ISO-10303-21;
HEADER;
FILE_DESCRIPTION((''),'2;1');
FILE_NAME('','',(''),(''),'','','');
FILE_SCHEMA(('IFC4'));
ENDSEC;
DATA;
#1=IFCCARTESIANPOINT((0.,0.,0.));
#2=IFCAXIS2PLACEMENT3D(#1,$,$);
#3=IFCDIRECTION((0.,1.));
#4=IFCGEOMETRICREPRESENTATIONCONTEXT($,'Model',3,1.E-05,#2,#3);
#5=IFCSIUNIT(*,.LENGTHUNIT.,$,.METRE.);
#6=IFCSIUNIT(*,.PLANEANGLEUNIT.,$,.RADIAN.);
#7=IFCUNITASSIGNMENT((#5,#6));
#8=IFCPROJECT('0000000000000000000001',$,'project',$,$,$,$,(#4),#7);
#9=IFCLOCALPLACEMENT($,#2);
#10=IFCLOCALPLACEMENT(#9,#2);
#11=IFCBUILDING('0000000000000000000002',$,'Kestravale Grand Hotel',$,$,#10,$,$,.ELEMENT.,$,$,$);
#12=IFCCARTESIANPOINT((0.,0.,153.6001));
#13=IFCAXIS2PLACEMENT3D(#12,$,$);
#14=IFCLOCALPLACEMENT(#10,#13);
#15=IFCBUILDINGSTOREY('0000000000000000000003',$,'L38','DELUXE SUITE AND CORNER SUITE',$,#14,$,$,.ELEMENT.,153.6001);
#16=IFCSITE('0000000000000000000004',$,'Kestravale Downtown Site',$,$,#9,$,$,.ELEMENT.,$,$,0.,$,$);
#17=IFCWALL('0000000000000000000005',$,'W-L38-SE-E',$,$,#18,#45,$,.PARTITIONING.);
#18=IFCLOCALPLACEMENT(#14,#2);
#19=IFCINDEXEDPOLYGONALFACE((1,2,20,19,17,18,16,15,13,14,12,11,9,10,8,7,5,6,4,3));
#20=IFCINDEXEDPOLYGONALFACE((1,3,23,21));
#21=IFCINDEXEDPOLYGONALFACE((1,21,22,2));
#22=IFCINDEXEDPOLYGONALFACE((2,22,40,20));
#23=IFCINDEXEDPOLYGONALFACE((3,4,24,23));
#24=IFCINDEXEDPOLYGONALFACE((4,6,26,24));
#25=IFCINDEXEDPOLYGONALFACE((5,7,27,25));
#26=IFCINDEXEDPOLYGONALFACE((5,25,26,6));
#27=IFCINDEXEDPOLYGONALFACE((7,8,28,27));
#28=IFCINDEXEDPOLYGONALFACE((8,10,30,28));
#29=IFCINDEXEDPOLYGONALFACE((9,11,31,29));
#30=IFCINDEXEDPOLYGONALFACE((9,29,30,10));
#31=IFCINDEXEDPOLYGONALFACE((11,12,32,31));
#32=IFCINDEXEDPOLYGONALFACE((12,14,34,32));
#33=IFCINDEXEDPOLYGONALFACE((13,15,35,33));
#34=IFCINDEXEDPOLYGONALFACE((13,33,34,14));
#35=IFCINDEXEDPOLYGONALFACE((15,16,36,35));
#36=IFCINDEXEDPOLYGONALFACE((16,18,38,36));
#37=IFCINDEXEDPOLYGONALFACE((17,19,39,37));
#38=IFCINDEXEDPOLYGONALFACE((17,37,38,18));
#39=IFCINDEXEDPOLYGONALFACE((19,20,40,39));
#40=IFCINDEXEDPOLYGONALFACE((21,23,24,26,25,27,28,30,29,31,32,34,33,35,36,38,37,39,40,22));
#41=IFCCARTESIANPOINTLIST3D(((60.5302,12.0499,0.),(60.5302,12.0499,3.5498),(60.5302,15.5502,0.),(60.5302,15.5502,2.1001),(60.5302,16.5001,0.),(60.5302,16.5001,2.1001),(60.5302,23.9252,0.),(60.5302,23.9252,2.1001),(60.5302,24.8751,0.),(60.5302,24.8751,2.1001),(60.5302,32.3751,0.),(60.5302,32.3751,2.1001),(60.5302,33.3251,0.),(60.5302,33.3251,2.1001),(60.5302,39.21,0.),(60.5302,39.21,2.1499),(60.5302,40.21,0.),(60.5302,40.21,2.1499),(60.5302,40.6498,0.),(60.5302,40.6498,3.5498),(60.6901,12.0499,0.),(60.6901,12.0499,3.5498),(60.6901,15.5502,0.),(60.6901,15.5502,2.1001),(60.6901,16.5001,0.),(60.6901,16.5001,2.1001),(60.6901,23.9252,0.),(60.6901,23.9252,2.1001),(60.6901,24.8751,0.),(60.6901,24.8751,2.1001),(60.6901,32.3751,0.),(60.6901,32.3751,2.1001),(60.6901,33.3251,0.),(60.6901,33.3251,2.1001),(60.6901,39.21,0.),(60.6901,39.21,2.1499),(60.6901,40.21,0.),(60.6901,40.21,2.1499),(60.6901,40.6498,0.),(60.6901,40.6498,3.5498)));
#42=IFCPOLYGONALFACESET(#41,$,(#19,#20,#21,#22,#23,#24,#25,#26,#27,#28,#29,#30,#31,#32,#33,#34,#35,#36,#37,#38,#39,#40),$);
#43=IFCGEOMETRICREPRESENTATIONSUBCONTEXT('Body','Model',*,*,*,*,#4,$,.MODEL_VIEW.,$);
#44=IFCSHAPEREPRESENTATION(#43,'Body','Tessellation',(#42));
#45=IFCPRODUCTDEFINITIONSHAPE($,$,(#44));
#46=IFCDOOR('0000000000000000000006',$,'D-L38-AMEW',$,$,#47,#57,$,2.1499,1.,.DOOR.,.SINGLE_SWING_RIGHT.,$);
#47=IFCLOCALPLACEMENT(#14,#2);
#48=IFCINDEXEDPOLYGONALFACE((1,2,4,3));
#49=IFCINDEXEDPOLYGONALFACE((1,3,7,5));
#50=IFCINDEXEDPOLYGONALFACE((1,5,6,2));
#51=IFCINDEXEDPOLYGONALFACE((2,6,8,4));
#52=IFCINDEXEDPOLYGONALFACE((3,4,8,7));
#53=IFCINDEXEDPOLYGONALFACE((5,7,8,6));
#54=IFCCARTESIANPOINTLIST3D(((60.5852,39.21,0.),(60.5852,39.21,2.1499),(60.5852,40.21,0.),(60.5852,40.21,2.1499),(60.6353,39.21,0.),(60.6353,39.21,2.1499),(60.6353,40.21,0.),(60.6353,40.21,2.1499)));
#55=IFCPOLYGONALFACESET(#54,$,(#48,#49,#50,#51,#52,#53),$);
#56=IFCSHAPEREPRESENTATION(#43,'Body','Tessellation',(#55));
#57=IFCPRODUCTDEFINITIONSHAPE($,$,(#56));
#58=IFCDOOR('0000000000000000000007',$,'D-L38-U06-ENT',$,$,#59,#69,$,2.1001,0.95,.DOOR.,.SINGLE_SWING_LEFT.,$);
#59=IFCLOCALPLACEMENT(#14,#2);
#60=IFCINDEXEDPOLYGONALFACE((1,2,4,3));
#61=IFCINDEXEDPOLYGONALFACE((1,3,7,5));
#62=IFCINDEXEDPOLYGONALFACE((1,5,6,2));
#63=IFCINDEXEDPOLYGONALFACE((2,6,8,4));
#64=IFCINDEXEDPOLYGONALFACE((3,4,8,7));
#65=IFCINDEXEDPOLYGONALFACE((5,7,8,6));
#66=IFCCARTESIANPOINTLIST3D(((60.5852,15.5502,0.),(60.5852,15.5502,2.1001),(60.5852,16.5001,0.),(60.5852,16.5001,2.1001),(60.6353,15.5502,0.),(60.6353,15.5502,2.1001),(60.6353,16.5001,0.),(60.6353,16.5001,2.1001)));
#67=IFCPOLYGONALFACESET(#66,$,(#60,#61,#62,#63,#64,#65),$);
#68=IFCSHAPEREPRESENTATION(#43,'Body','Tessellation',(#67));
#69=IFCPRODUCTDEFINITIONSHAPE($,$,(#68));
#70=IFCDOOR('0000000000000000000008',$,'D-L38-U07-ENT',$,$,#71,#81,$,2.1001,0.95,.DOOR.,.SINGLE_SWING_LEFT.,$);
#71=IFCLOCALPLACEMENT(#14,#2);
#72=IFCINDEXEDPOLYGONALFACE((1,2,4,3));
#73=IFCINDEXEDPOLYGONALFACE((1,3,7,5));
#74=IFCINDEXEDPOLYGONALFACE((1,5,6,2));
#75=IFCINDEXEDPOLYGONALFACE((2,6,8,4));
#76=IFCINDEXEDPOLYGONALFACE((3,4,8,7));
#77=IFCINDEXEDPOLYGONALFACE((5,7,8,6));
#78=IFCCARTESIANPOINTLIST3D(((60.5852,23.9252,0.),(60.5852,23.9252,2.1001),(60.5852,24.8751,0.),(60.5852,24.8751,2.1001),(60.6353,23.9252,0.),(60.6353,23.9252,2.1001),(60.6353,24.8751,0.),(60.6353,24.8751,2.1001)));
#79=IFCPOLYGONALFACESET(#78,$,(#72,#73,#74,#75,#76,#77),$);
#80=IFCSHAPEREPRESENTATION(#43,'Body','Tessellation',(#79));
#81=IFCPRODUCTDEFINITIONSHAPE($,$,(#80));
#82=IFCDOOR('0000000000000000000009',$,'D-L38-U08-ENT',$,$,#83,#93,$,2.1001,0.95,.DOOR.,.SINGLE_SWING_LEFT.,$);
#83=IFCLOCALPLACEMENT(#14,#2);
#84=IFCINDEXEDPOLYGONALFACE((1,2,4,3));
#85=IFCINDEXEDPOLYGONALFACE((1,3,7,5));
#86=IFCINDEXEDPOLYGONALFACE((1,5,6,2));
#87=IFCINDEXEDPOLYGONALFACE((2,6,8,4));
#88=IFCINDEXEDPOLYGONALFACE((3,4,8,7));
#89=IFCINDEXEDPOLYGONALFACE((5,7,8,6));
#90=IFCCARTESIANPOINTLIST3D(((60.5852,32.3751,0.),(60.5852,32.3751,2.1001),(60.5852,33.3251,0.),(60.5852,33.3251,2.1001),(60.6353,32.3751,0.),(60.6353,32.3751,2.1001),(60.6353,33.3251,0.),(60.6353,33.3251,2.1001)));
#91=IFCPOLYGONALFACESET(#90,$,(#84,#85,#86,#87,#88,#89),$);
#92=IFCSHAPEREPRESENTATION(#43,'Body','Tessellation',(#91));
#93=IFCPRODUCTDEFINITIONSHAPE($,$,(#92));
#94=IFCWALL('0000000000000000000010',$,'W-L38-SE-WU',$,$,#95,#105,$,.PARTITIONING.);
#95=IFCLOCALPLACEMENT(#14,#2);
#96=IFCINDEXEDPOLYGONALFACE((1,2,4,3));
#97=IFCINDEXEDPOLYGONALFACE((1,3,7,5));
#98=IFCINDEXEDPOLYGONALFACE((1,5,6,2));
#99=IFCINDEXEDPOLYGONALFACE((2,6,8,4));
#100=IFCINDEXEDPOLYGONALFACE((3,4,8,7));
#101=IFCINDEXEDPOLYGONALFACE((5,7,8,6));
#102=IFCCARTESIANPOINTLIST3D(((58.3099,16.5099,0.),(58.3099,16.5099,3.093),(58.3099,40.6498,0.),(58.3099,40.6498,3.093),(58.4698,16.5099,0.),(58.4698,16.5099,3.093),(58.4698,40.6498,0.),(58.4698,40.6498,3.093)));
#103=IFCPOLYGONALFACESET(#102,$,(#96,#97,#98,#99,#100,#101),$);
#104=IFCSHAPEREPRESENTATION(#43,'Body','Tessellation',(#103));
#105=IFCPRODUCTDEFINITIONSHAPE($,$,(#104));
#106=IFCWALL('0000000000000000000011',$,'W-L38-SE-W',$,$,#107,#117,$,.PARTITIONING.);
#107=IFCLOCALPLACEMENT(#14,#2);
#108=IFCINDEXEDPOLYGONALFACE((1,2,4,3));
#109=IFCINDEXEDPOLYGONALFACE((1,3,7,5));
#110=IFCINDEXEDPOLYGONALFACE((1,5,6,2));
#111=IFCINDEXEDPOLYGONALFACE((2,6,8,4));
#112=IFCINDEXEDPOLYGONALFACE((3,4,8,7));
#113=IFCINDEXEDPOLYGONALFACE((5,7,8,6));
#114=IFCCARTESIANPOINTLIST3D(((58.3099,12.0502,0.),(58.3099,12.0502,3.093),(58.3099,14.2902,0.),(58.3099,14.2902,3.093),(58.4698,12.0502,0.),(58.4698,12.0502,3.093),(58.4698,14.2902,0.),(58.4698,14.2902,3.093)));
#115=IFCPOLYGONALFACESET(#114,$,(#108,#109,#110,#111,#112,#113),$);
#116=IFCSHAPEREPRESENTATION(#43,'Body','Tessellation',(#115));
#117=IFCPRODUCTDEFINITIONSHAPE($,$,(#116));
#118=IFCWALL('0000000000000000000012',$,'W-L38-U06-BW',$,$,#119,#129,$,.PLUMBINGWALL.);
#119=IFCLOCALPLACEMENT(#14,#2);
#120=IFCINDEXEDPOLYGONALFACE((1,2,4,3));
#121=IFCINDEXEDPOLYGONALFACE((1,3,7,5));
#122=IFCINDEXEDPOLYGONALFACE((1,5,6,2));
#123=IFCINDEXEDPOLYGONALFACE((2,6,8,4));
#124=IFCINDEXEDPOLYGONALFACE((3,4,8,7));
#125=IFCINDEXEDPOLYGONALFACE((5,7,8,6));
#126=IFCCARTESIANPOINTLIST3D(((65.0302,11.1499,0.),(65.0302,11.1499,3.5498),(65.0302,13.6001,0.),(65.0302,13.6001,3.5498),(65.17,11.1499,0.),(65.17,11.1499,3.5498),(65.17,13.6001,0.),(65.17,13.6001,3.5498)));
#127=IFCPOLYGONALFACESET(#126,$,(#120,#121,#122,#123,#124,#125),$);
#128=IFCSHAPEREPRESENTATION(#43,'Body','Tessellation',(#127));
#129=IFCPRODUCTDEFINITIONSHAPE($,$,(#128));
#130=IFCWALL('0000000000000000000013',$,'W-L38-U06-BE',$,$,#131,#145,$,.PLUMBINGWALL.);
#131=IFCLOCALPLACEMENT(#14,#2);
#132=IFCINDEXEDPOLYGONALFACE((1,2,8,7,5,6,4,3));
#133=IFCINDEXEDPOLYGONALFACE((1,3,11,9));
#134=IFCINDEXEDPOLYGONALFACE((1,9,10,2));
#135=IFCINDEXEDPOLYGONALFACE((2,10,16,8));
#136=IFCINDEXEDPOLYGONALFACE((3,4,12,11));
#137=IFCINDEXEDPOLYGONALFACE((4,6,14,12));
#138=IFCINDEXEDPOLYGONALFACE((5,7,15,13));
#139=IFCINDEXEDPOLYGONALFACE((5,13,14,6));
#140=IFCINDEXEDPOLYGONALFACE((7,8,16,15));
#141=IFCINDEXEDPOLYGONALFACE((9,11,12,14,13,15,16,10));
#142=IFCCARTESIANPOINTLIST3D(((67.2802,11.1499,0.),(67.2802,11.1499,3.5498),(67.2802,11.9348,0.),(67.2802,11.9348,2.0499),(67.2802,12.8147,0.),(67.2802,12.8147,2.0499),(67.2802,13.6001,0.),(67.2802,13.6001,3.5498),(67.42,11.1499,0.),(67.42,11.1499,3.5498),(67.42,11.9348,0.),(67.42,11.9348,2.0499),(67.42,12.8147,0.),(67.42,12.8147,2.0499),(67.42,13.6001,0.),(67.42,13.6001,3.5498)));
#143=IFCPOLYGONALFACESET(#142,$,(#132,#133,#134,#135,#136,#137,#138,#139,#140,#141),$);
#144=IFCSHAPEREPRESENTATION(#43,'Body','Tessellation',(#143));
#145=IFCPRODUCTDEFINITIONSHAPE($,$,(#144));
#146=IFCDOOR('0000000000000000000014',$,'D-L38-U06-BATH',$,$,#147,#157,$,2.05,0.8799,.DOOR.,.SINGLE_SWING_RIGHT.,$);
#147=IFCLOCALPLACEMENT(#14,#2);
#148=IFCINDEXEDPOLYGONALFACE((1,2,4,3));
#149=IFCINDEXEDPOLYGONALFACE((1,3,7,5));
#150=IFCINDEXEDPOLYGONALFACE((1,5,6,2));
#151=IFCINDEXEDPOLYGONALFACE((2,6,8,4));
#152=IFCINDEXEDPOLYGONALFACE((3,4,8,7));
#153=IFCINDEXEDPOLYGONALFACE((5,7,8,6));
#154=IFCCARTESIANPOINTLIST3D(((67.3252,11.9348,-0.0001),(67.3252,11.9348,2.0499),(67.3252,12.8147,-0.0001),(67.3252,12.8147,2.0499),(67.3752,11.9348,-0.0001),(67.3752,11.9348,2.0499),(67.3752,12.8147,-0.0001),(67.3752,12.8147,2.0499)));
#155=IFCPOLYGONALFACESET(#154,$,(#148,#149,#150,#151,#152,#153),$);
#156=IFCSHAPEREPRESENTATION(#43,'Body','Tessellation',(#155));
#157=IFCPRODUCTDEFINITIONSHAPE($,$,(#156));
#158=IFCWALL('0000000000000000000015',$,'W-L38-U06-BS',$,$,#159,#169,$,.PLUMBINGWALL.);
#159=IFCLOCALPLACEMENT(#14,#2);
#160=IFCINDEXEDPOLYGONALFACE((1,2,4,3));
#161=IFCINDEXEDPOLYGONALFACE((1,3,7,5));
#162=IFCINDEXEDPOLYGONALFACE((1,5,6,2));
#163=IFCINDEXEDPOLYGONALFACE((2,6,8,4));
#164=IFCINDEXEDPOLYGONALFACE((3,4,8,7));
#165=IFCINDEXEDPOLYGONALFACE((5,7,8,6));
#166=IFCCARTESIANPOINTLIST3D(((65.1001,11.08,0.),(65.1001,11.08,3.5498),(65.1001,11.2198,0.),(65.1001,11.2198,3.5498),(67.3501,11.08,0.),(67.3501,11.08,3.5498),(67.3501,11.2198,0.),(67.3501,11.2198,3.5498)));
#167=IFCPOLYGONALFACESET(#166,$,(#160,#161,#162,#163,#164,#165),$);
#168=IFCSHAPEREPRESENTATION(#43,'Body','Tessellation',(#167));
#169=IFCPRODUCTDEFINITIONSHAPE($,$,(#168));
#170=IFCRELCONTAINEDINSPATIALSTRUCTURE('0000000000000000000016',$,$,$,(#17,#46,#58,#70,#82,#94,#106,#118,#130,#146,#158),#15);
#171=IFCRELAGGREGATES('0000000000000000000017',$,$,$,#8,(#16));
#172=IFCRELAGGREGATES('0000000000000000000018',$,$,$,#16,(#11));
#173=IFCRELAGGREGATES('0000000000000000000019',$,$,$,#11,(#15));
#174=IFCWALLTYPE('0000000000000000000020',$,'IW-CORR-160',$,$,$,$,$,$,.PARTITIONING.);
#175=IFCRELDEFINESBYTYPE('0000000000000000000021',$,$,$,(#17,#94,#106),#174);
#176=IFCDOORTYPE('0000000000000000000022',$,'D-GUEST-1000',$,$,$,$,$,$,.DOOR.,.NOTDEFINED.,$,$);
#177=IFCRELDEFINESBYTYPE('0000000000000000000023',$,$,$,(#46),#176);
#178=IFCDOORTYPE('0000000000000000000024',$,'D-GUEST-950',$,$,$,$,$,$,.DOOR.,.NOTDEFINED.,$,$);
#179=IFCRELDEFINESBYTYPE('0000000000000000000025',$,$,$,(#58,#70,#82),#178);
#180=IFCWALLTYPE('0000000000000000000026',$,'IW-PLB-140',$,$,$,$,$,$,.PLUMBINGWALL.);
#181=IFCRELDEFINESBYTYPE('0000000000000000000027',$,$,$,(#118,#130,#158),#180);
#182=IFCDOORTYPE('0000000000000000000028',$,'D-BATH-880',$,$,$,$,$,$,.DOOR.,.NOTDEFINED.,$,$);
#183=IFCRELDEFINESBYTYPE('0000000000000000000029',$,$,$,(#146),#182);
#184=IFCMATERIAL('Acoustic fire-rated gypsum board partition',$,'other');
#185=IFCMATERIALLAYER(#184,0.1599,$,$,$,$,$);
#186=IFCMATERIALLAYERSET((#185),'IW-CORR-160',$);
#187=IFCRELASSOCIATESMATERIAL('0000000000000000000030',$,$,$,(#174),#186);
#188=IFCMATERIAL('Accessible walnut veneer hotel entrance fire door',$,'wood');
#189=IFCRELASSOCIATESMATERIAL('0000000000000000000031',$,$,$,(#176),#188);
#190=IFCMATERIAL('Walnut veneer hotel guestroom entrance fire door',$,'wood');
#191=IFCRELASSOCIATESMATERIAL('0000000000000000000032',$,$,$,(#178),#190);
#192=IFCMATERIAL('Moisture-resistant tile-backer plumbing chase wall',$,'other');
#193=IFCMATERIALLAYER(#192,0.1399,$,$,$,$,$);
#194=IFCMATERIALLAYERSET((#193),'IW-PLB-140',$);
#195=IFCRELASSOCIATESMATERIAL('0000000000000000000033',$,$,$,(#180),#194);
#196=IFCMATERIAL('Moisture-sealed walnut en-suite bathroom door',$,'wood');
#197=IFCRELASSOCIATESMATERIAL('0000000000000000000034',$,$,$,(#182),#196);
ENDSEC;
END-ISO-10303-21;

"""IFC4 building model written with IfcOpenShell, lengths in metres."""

from ifc_helpers import new_model, si_unit, direction, frame, frame_2d, origin, place, context, subcontext, project, spatial, rectangle, extrude, material, layer, layer_set, type_object, element, fill, save


model = new_model("IFC4")

# Units and contexts
model_context = context("Model", 3, precision=1e-05, world=origin(), true_north=direction((0.0, 1.0)))
body_context = subcontext(model_context, "Body", "Model", "MODEL_VIEW")
ifc_project = project(units=[si_unit("LENGTHUNIT", "METRE"), si_unit("PLANEANGLEUNIT", "RADIAN")], contexts=[model_context])

# Site, building, storey
site_placement = place(None, origin())
site = spatial("IfcSite", under=ifc_project, at=site_placement, Name="Kestravale Downtown Site", CompositionType="ELEMENT", RefElevation=0.0)
building_placement = place(site_placement, origin())
building = spatial("IfcBuilding", under=site, at=building_placement, Name="Kestravale Grand Hotel", CompositionType="ELEMENT")
storey_placement = place(building_placement, frame((0.0, 0.0, 153.6001)))
storey = spatial("IfcBuildingStorey", under=building, at=storey_placement, Name="L38", Description="DELUXE SUITE AND CORNER SUITE", CompositionType="ELEMENT", Elevation=153.6001)

# Wall, openings, doors
ifc_material_1 = material(Name="Acoustic fire-rated gypsum board partition", Category="other")
ifc_layer_1 = layer(ifc_material_1, 0.1599)
ifc_layer_set_1 = layer_set([ifc_layer_1], Name="IW-CORR-160")
wall_type_1 = type_object("IfcWallType", Name="IW-CORR-160", PredefinedType="PARTITIONING", material=ifc_layer_set_1)
wall_1_placement = place(storey_placement, frame((60.6101, 12.05, 0.0), z_axis=(0.0, 0.0, 1.0), x_axis=(0.0, 1.0, 0.0)))
wall_1 = element("IfcWall", 1, at=wall_1_placement, inside=storey, type_object=wall_type_1, Name="W-L38-SE-E", PredefinedType="PARTITIONING", context=body_context, shape_type="SweptSolid", body=[
    extrude(rectangle(XDim=28.5999, YDim=0.1599, at=frame_2d((14.2998, 0.0))), origin(), (0.0, 0.0, 1.0), 3.5498),
])
opening_1_placement = place(wall_1_placement, frame((3.5, 0.0, 0.0)))
opening_1 = element("IfcOpeningElement", 2, at=opening_1_placement, cuts=wall_1, PredefinedType="OPENING", context=body_context, shape_type="SweptSolid", body=[
    extrude(rectangle(XDim=0.95, YDim=2.1001, at=frame_2d((0.4751, 1.05))), frame((0.0, 0.0898, 0.0), z_axis=(0.0, -1.0, 0.0), x_axis=(1.0, 0.0, 0.0)), (0.0, 0.0, 1.0), 0.1799),
])
opening_2_placement = place(wall_1_placement, frame((11.875, 0.0, 0.0)))
opening_2 = element("IfcOpeningElement", 3, at=opening_2_placement, cuts=wall_1, PredefinedType="OPENING", context=body_context, shape_type="SweptSolid", body=[
    extrude(rectangle(XDim=0.95, YDim=2.1001, at=frame_2d((0.4751, 1.05))), frame((0.0, 0.0898, 0.0), z_axis=(0.0, -1.0, 0.0), x_axis=(1.0, 0.0, 0.0)), (0.0, 0.0, 1.0), 0.1799),
])
opening_3_placement = place(wall_1_placement, frame((20.325, 0.0, 0.0)))
opening_3 = element("IfcOpeningElement", 4, at=opening_3_placement, cuts=wall_1, PredefinedType="OPENING", context=body_context, shape_type="SweptSolid", body=[
    extrude(rectangle(XDim=0.95, YDim=2.1001, at=frame_2d((0.4751, 1.05))), frame((0.0, 0.0898, 0.0), z_axis=(0.0, -1.0, 0.0), x_axis=(1.0, 0.0, 0.0)), (0.0, 0.0, 1.0), 0.1799),
])
opening_4_placement = place(wall_1_placement, frame((27.1599, 0.0, 0.0)))
opening_4 = element("IfcOpeningElement", 5, at=opening_4_placement, cuts=wall_1, PredefinedType="OPENING", context=body_context, shape_type="SweptSolid", body=[
    extrude(rectangle(XDim=1.0, YDim=2.1499, at=frame_2d((0.5, 1.075))), frame((0.0, 0.0898, 0.0), z_axis=(0.0, -1.0, 0.0), x_axis=(1.0, 0.0, 0.0)), (0.0, 0.0, 1.0), 0.1799),
])
ifc_material_2 = material(Name="Accessible walnut veneer hotel entrance fire door", Category="wood")
door_type_1 = type_object("IfcDoorType", Name="D-GUEST-1000", OperationType="NOTDEFINED", PredefinedType="DOOR", material=ifc_material_2)
door_1_placement = place(opening_4_placement, origin())
door_1 = element("IfcDoor", 6, at=door_1_placement, inside=storey, type_object=door_type_1, Name="D-L38-AMEW", OperationType="SINGLE_SWING_RIGHT", OverallHeight=2.1499, OverallWidth=1.0, PredefinedType="DOOR", context=body_context, shape_type="SweptSolid", body=[
    extrude(rectangle(XDim=1.0, YDim=2.1499, at=frame_2d((0.5, 1.075))), frame((0.0, 0.0249, 0.0), z_axis=(0.0, -1.0, 0.0), x_axis=(1.0, 0.0, 0.0)), (0.0, 0.0, 1.0), 0.05),
])
fill(opening_4, door_1)
ifc_material_3 = material(Name="Walnut veneer hotel guestroom entrance fire door", Category="wood")
door_type_2 = type_object("IfcDoorType", Name="D-GUEST-950", OperationType="NOTDEFINED", PredefinedType="DOOR", material=ifc_material_3)
door_2_placement = place(opening_1_placement, origin())
door_2 = element("IfcDoor", 7, at=door_2_placement, inside=storey, type_object=door_type_2, Name="D-L38-U06-ENT", OperationType="SINGLE_SWING_LEFT", OverallHeight=2.1001, OverallWidth=0.95, PredefinedType="DOOR", context=body_context, shape_type="SweptSolid", body=[
    extrude(rectangle(XDim=0.95, YDim=2.1001, at=frame_2d((0.4751, 1.05))), frame((0.0, 0.0249, 0.0), z_axis=(0.0, -1.0, 0.0), x_axis=(1.0, 0.0, 0.0)), (0.0, 0.0, 1.0), 0.05),
])
fill(opening_1, door_2)
door_3_placement = place(opening_2_placement, origin())
door_3 = element("IfcDoor", 8, at=door_3_placement, inside=storey, type_object=door_type_2, Name="D-L38-U07-ENT", OperationType="SINGLE_SWING_LEFT", OverallHeight=2.1001, OverallWidth=0.95, PredefinedType="DOOR", context=body_context, shape_type="SweptSolid", body=[
    extrude(rectangle(XDim=0.95, YDim=2.1001, at=frame_2d((0.4751, 1.05))), frame((0.0, 0.0249, 0.0), z_axis=(0.0, -1.0, 0.0), x_axis=(1.0, 0.0, 0.0)), (0.0, 0.0, 1.0), 0.05),
])
fill(opening_2, door_3)
door_4_placement = place(opening_3_placement, origin())
door_4 = element("IfcDoor", 9, at=door_4_placement, inside=storey, type_object=door_type_2, Name="D-L38-U08-ENT", OperationType="SINGLE_SWING_LEFT", OverallHeight=2.1001, OverallWidth=0.95, PredefinedType="DOOR", context=body_context, shape_type="SweptSolid", body=[
    extrude(rectangle(XDim=0.95, YDim=2.1001, at=frame_2d((0.4751, 1.05))), frame((0.0, 0.0249, 0.0), z_axis=(0.0, -1.0, 0.0), x_axis=(1.0, 0.0, 0.0)), (0.0, 0.0, 1.0), 0.05),
])
fill(opening_3, door_4)

# Walls
wall_2_placement = place(storey_placement, frame((58.3899, 16.51, 0.0), z_axis=(0.0, 0.0, 1.0), x_axis=(0.0, 1.0, 0.0)))
element("IfcWall", 10, at=wall_2_placement, inside=storey, type_object=wall_type_1, Name="W-L38-SE-WU", PredefinedType="PARTITIONING", context=body_context, shape_type="SweptSolid", body=[
    extrude(rectangle(XDim=24.1399, YDim=0.1599, at=frame_2d((12.0698, 0.0))), origin(), (0.0, 0.0, 1.0), 3.093),
])
wall_3_placement = place(storey_placement, frame((58.3899, 12.05, 0.0), z_axis=(0.0, 0.0, 1.0), x_axis=(0.0, 1.0, 0.0)))
element("IfcWall", 11, at=wall_3_placement, inside=storey, type_object=wall_type_1, Name="W-L38-SE-W", PredefinedType="PARTITIONING", context=body_context, shape_type="SweptSolid", body=[
    extrude(rectangle(XDim=2.24, YDim=0.1599, at=frame_2d((1.1201, 0.0))), origin(), (0.0, 0.0, 1.0), 3.093),
])
ifc_material_4 = material(Name="Moisture-resistant tile-backer plumbing chase wall", Category="other")
ifc_layer_2 = layer(ifc_material_4, 0.1399)
ifc_layer_set_2 = layer_set([ifc_layer_2], Name="IW-PLB-140")
wall_type_2 = type_object("IfcWallType", Name="IW-PLB-140", PredefinedType="PLUMBINGWALL", material=ifc_layer_set_2)
wall_4_placement = place(storey_placement, frame((65.1001, 11.1499, 0.0), z_axis=(0.0, 0.0, 1.0), x_axis=(0.0, 1.0, 0.0)))
element("IfcWall", 12, at=wall_4_placement, inside=storey, type_object=wall_type_2, Name="W-L38-U06-BW", PredefinedType="PLUMBINGWALL", context=body_context, shape_type="SweptSolid", body=[
    extrude(rectangle(XDim=2.4502, YDim=0.1399, at=frame_2d((1.2251, 0.0))), origin(), (0.0, 0.0, 1.0), 3.5498),
])

# Wall, opening, door
wall_5_placement = place(storey_placement, frame((67.3501, 11.1499, 0.0), z_axis=(0.0, 0.0, 1.0), x_axis=(0.0, 1.0, 0.0)))
wall_5 = element("IfcWall", 13, at=wall_5_placement, inside=storey, type_object=wall_type_2, Name="W-L38-U06-BE", PredefinedType="PLUMBINGWALL", context=body_context, shape_type="SweptSolid", body=[
    extrude(rectangle(XDim=2.4502, YDim=0.1399, at=frame_2d((1.2251, 0.0))), origin(), (0.0, 0.0, 1.0), 3.5498),
])
opening_5_placement = place(wall_5_placement, frame((0.7849, 0.0, 0.0)))
opening_5 = element("IfcOpeningElement", 14, at=opening_5_placement, cuts=wall_5, PredefinedType="OPENING", context=body_context, shape_type="SweptSolid", body=[
    extrude(rectangle(XDim=0.8799, YDim=2.05, at=frame_2d((0.4399, 1.0249))), frame((0.0, 0.0798, 0.0), z_axis=(0.0, -1.0, 0.0), x_axis=(1.0, 0.0, 0.0)), (0.0, 0.0, 1.0), 0.1599),
])
ifc_material_5 = material(Name="Moisture-sealed walnut en-suite bathroom door", Category="wood")
door_type_3 = type_object("IfcDoorType", Name="D-BATH-880", OperationType="NOTDEFINED", PredefinedType="DOOR", material=ifc_material_5)
door_5_placement = place(opening_5_placement, origin())
door_5 = element("IfcDoor", 15, at=door_5_placement, inside=storey, type_object=door_type_3, Name="D-L38-U06-BATH", OperationType="SINGLE_SWING_RIGHT", OverallHeight=2.05, OverallWidth=0.8799, PredefinedType="DOOR", context=body_context, shape_type="SweptSolid", body=[
    extrude(rectangle(XDim=0.8799, YDim=2.05, at=frame_2d((0.4399, 1.0249))), frame((0.0, 0.0249, 0.0), z_axis=(0.0, -1.0, 0.0), x_axis=(1.0, 0.0, 0.0)), (0.0, 0.0, 1.0), 0.05),
])
fill(opening_5, door_5)

# Wall
for number, where, z_axis, x_axis, name in (
    (16, (65.1001, 11.1499, 0.0), (0.0, 0.0, 1.0), (1.0, 0.0, 0.0), "W-L38-U06-BS"),
):
    element("IfcWall", number, at=place(storey_placement, frame(where, z_axis=z_axis, x_axis=x_axis)), inside=storey, type_object=wall_type_2, Name=name, PredefinedType="PLUMBINGWALL", context=body_context, shape_type="SweptSolid", body=[
        extrude(rectangle(XDim=2.25, YDim=0.1399, at=frame_2d((1.125, 0.0))), origin(), (0.0, 0.0, 1.0), 3.5498),
    ])

save(model, "model.ifc")
